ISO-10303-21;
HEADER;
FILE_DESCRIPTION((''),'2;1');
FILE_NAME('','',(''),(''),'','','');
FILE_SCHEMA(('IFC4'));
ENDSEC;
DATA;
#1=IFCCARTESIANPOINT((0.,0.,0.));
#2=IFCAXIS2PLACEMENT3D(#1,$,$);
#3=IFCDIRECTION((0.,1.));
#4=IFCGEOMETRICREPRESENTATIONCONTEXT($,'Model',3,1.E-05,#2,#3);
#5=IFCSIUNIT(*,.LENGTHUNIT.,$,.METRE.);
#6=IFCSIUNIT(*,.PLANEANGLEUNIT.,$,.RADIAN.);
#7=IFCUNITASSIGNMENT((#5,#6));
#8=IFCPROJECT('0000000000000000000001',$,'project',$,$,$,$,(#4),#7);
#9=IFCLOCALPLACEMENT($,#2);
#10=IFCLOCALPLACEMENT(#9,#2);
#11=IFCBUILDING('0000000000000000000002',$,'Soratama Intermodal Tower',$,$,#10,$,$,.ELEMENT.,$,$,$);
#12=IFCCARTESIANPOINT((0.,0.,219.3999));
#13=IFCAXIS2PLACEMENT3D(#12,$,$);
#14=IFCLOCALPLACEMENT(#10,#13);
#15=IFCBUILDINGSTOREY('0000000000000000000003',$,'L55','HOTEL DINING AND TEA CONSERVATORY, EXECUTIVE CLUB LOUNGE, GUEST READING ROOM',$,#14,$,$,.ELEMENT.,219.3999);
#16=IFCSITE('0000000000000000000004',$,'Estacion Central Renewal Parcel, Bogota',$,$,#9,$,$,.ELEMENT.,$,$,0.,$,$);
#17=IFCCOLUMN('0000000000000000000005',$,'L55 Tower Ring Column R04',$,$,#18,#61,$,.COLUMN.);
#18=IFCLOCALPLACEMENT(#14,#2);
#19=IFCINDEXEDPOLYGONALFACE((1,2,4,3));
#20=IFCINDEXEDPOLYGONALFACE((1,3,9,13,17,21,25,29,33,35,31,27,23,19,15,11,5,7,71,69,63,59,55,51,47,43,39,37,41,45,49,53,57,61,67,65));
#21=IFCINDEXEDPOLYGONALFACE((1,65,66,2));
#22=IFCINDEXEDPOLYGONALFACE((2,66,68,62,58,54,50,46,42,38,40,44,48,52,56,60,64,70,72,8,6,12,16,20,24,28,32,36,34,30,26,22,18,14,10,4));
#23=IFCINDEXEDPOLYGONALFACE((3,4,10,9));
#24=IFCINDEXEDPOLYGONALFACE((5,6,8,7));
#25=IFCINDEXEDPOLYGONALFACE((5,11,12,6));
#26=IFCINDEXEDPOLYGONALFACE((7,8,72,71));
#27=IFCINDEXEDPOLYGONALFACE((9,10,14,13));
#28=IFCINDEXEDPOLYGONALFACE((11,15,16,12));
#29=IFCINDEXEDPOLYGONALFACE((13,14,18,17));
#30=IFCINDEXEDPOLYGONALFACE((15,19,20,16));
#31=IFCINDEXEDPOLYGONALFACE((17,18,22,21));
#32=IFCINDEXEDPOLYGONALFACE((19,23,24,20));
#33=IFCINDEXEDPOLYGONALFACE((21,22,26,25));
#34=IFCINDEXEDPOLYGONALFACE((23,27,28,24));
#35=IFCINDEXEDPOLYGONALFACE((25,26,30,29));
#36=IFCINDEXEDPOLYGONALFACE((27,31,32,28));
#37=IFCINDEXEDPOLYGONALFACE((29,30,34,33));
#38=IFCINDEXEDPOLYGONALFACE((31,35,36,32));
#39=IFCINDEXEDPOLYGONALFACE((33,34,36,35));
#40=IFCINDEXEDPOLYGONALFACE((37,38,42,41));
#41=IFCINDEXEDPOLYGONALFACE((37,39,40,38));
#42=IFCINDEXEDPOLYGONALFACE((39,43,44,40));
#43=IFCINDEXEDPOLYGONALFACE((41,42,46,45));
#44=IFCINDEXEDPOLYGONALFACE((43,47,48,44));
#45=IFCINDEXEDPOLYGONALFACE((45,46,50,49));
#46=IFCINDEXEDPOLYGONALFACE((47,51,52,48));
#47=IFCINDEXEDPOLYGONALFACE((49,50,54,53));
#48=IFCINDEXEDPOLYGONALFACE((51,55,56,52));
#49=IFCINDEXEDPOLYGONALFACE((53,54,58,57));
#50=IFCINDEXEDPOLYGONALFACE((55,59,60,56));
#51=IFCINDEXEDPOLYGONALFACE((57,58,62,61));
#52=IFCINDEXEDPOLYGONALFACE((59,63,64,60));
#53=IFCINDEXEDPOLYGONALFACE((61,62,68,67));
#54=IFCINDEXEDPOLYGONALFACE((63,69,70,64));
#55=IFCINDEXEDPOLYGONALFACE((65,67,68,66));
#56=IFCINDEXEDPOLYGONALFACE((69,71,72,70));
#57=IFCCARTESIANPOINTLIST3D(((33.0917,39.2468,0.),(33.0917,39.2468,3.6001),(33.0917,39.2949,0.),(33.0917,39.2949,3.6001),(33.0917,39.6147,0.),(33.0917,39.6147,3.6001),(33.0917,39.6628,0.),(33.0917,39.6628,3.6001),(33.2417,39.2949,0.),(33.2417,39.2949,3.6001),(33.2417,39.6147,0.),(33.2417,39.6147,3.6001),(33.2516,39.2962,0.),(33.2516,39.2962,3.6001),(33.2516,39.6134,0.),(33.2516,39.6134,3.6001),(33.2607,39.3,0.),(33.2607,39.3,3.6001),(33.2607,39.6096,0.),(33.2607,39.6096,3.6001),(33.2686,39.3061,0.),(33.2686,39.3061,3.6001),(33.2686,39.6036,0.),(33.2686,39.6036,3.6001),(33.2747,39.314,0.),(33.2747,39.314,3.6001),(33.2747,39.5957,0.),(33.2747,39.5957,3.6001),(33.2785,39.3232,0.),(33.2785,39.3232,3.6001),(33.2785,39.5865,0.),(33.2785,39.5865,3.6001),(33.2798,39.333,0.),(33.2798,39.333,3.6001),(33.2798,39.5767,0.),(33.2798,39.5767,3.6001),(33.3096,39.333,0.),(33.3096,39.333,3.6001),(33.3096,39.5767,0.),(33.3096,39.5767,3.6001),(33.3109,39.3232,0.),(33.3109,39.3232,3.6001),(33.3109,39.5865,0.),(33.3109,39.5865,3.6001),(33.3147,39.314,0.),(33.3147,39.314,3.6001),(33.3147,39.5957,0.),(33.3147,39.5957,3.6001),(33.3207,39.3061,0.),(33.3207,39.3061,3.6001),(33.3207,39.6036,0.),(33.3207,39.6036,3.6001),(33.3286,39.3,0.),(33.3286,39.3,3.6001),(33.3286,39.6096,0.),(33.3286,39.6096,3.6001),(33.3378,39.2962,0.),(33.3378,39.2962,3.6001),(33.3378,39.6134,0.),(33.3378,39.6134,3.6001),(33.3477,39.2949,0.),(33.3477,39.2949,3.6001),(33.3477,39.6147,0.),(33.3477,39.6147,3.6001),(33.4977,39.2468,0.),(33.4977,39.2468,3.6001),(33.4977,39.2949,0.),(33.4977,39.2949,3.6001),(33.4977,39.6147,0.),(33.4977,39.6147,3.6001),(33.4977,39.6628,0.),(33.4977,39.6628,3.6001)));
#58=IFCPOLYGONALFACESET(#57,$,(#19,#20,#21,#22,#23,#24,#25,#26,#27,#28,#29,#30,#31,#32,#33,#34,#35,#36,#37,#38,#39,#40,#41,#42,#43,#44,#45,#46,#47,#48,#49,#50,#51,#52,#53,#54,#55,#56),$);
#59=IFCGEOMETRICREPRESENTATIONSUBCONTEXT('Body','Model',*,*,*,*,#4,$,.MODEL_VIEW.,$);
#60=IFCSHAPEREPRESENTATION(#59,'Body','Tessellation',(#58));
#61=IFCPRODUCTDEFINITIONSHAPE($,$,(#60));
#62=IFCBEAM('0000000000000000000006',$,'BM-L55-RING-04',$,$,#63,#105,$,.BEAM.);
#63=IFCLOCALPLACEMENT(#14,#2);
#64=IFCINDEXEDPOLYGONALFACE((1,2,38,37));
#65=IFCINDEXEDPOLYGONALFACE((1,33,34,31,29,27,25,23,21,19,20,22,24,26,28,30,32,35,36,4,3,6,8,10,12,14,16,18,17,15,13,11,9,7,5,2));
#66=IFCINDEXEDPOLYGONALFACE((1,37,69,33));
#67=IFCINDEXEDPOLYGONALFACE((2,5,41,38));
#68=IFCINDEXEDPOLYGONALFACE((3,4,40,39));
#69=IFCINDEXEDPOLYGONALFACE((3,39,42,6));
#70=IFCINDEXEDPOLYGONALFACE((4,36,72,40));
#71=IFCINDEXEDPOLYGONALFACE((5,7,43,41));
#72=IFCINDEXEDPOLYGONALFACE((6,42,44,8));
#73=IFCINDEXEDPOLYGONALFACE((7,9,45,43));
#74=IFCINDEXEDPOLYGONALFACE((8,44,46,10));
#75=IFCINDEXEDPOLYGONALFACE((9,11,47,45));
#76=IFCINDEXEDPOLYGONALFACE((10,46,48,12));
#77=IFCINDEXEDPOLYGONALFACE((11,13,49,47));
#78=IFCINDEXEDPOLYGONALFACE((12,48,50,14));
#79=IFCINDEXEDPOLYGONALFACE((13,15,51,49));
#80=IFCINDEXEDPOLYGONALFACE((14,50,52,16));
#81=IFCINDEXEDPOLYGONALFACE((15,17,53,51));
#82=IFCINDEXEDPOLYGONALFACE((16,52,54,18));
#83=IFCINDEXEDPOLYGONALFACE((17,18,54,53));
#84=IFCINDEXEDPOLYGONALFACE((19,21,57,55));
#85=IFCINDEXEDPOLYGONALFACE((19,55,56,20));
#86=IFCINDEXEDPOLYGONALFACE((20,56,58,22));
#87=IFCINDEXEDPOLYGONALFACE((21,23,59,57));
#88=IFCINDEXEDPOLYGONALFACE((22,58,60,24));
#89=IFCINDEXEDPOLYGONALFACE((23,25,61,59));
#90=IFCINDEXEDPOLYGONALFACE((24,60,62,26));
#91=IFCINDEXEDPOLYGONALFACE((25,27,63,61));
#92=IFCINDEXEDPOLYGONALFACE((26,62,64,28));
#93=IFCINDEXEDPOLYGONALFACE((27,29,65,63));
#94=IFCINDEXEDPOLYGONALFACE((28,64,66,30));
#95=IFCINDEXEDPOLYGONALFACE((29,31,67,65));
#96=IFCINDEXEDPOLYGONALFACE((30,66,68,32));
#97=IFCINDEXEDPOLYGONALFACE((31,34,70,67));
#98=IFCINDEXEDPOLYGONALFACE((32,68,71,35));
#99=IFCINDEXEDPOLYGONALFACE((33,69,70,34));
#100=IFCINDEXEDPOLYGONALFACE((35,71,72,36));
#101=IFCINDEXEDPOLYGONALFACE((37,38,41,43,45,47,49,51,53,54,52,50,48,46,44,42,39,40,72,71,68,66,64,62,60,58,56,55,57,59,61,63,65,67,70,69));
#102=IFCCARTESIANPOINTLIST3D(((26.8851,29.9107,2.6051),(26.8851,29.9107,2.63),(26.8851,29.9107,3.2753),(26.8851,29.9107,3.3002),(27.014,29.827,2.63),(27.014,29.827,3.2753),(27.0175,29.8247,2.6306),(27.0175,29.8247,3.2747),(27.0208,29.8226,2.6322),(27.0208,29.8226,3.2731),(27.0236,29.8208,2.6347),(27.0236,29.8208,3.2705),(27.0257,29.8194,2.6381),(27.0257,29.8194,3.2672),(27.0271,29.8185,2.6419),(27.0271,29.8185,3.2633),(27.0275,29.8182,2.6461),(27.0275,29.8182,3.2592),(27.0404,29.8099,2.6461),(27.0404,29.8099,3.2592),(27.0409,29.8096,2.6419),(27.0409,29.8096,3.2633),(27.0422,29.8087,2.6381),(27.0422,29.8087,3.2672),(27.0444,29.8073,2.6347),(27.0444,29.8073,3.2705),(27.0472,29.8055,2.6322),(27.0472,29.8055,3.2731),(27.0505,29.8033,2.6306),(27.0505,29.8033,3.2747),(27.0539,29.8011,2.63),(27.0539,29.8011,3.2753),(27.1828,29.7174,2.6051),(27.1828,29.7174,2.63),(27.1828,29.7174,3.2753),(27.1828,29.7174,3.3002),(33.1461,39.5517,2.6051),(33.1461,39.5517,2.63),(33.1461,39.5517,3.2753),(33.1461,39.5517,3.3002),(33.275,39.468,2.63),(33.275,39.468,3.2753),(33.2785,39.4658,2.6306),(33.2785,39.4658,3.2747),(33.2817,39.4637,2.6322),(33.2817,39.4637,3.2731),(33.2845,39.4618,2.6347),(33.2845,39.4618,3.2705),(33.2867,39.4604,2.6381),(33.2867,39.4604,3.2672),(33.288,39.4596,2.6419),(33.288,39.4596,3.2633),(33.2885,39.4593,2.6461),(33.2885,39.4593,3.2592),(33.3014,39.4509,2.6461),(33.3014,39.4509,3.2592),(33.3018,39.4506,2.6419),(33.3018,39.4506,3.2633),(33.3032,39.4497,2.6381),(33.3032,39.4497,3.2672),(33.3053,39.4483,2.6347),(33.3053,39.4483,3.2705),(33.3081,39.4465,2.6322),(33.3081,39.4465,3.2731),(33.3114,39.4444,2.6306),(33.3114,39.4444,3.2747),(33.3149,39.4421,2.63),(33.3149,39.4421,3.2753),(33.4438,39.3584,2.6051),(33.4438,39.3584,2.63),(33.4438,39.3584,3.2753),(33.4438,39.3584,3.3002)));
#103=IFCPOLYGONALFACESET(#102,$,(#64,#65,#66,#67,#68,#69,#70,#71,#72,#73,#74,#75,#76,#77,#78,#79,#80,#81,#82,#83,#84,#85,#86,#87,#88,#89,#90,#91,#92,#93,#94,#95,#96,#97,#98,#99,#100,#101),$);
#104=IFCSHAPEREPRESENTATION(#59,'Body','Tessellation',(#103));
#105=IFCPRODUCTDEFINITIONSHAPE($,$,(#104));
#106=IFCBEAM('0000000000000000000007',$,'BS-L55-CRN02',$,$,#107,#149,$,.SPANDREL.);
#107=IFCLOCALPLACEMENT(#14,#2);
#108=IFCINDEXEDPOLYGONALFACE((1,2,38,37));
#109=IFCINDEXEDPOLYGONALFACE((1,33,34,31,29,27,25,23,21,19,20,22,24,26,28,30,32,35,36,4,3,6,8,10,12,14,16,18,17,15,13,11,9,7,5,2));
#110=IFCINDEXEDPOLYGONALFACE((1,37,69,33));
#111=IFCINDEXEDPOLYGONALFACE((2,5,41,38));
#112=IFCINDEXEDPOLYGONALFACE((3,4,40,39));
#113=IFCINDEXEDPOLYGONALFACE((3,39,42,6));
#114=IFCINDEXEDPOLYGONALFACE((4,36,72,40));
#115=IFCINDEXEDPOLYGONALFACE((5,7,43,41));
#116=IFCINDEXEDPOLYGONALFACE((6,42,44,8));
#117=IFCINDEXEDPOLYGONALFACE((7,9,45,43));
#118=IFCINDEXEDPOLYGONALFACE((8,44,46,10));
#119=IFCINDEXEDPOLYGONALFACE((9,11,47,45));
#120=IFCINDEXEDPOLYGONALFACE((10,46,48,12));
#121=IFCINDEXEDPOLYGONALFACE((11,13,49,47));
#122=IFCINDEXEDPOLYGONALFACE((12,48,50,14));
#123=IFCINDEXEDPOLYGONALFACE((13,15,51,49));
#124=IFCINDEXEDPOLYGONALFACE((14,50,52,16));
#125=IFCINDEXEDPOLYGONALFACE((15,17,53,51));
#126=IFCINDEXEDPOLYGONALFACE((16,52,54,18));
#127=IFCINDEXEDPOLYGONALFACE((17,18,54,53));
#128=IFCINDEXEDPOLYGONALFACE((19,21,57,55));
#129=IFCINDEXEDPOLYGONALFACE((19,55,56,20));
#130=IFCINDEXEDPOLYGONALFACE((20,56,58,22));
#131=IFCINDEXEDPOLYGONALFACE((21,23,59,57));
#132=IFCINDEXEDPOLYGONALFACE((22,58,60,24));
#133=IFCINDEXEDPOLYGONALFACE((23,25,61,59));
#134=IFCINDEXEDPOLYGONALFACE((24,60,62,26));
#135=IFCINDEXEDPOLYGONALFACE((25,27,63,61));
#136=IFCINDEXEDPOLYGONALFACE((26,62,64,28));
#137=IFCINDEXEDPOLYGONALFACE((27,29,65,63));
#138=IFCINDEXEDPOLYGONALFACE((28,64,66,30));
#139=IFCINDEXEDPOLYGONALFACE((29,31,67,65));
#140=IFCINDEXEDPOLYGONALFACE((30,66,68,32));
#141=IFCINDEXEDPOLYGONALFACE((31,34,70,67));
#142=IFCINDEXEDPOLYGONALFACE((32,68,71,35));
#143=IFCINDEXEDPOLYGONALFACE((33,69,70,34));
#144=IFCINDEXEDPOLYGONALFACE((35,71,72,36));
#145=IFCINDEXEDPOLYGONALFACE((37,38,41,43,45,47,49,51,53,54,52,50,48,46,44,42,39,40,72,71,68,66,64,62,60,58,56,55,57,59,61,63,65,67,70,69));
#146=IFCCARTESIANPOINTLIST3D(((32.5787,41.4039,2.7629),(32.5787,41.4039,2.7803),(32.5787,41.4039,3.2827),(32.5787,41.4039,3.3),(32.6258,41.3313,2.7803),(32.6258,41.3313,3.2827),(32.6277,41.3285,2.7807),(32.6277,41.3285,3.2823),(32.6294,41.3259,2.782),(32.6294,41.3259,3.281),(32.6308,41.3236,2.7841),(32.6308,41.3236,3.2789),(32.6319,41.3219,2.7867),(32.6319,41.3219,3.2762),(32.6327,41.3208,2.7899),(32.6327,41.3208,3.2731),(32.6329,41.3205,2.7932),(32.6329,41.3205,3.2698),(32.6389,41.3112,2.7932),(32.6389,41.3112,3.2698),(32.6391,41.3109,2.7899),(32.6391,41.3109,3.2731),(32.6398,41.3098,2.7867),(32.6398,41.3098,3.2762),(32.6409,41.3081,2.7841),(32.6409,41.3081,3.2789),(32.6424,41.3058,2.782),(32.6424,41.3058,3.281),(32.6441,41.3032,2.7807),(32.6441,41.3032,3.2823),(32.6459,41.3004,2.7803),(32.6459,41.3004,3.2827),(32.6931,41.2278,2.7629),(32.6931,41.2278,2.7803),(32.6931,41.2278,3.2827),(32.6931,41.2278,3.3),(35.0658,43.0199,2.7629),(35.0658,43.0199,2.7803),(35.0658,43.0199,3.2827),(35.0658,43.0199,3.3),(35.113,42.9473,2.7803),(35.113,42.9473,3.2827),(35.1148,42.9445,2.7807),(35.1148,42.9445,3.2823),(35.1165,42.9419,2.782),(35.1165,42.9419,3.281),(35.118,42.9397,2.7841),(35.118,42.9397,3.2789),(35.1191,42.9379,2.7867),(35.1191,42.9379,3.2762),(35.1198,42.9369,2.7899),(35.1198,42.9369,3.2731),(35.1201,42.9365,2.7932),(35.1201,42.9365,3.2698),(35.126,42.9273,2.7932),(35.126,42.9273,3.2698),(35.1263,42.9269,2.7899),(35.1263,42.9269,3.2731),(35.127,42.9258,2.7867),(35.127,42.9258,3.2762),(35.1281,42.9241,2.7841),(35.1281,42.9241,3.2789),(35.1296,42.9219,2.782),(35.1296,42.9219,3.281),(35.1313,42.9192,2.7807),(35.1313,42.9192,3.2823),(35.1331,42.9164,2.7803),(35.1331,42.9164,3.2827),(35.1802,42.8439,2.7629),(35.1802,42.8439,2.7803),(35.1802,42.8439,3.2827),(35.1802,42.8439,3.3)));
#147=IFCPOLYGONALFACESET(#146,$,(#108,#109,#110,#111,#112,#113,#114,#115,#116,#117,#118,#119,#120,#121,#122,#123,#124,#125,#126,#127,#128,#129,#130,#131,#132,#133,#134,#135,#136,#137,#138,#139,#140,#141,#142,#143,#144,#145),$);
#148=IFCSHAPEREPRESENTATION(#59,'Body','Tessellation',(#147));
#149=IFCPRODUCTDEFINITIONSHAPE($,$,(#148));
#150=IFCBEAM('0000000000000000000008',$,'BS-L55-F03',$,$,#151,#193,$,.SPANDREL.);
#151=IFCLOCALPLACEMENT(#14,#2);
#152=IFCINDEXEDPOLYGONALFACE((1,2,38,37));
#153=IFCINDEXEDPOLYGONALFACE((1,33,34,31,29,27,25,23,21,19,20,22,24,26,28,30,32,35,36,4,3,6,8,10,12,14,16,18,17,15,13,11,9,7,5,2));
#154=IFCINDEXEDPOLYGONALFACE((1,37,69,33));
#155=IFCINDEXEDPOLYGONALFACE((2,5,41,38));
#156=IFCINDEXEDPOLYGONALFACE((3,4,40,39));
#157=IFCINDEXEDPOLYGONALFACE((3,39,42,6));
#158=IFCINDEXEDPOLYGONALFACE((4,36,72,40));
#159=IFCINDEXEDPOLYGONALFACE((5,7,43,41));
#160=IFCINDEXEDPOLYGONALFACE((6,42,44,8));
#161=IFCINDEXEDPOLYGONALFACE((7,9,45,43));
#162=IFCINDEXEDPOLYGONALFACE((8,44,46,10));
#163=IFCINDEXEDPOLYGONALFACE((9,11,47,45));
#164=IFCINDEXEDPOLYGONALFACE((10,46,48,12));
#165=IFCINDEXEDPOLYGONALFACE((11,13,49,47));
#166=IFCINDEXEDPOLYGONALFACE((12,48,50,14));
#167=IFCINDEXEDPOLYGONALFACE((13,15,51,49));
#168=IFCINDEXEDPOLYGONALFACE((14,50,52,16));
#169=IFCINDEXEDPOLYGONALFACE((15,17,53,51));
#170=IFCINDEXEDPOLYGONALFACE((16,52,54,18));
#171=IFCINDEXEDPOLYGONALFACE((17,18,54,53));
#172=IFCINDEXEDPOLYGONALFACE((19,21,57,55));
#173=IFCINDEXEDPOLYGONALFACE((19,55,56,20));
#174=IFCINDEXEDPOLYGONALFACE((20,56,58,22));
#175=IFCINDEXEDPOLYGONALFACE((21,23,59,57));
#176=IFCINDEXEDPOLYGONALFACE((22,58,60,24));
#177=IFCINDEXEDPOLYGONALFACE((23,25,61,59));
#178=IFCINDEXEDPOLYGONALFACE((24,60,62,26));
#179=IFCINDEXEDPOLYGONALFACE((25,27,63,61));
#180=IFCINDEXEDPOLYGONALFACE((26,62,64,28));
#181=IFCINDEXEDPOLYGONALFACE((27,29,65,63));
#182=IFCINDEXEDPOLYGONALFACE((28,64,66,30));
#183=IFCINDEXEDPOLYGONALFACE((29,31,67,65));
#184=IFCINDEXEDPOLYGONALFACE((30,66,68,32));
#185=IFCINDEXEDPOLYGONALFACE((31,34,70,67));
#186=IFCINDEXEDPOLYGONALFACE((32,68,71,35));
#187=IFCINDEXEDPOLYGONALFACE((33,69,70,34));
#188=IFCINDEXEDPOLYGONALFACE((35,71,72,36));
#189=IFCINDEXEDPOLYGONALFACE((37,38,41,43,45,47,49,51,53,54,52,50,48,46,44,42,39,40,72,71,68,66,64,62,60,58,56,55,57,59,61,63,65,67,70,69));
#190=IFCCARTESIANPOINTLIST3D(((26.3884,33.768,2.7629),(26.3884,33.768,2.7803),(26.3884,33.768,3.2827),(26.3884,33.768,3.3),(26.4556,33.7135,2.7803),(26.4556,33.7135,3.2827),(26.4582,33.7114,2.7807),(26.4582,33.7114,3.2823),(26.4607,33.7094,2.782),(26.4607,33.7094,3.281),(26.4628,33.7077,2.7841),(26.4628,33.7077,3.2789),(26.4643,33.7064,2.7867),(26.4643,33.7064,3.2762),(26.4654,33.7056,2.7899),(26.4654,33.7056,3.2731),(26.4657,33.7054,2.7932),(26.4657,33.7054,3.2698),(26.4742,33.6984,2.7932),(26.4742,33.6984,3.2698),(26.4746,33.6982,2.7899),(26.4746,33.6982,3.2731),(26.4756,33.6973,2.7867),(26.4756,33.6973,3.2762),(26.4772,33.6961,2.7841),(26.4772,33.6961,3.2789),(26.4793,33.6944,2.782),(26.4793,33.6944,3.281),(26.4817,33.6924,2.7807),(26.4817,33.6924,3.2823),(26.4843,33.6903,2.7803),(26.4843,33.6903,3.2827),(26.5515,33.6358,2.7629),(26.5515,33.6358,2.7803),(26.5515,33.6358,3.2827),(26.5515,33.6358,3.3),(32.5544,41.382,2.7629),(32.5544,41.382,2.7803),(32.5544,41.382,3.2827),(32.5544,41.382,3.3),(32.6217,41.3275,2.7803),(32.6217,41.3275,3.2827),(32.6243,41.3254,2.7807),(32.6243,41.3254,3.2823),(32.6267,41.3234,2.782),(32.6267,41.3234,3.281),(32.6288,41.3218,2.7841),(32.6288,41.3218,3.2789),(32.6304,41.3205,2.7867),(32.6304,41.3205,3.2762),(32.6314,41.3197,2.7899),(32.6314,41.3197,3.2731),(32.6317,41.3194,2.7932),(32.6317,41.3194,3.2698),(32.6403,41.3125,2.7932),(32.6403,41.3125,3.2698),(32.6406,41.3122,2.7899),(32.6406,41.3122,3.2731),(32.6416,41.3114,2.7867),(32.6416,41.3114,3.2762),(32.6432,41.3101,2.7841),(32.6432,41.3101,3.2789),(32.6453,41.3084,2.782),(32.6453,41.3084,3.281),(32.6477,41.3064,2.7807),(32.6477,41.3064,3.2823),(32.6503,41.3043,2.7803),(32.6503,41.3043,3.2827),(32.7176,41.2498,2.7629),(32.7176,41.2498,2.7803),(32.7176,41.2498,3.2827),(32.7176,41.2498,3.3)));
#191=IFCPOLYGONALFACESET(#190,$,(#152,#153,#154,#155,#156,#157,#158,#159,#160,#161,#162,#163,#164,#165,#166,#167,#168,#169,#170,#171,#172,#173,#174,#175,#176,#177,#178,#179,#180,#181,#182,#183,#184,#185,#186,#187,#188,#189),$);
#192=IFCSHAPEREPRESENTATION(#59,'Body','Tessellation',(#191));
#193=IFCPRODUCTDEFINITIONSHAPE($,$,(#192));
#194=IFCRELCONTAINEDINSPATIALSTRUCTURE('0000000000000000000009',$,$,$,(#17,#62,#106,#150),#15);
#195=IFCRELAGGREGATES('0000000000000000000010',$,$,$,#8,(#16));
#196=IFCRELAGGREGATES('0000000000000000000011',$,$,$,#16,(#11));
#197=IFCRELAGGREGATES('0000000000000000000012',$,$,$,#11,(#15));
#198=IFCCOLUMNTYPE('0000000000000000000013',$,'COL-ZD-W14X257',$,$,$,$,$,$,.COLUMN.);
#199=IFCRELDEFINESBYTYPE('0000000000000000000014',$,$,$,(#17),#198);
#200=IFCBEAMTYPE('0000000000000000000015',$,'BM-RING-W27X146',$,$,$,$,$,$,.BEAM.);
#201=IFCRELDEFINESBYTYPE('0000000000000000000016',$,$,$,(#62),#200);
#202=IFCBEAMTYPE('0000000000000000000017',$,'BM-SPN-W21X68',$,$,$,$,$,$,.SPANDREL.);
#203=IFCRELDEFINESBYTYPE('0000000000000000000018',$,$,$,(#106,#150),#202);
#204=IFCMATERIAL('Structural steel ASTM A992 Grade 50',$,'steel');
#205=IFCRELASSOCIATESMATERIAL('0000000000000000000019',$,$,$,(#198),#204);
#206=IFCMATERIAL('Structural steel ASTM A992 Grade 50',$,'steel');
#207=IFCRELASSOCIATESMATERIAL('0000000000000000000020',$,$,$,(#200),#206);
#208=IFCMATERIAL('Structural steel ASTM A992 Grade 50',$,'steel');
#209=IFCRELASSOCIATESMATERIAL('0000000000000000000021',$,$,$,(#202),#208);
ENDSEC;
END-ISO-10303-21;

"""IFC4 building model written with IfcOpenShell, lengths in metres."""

from ifc_helpers import new_model, si_unit, direction, frame, origin, origin_2d, place, context, subcontext, project, spatial, i_section, extrude, material, material_profile, profile_set, type_object, element, save


model = new_model("IFC4")

# Units and contexts
model_context = context("Model", 3, precision=1e-05, world=origin(), true_north=direction((0.0, 1.0)))
body_context = subcontext(model_context, "Body", "Model", "MODEL_VIEW")
ifc_project = project(units=[si_unit("LENGTHUNIT", "METRE"), si_unit("PLANEANGLEUNIT", "RADIAN")], contexts=[model_context])

# Site, building, storey
site_placement = place(None, origin())
site = spatial("IfcSite", under=ifc_project, at=site_placement, Name="Estacion Central Renewal Parcel, Bogota", CompositionType="ELEMENT", RefElevation=0.0)
building_placement = place(site_placement, origin())
building = spatial("IfcBuilding", under=site, at=building_placement, Name="Soratama Intermodal Tower", CompositionType="ELEMENT")
storey_placement = place(building_placement, frame((0.0, 0.0, 219.3999)))
storey = spatial("IfcBuildingStorey", under=building, at=storey_placement, Name="L55", Description="HOTEL DINING AND TEA CONSERVATORY, EXECUTIVE CLUB LOUNGE, GUEST READING ROOM", CompositionType="ELEMENT", Elevation=219.3999)

# Column
ifc_material_1 = material(Name="Structural steel ASTM A992 Grade 50", Category="steel")
ifc_material_profile_1 = material_profile(ifc_material_1, i_section(OverallWidth=0.406, OverallDepth=0.416, WebThickness=0.0298, FlangeThickness=0.0481, FilletRadius=0.0381, at=origin_2d()), Name="W14X257")
ifc_profile_set_1 = profile_set([ifc_material_profile_1], Name="Structural steel ASTM A992 Grade 50")
column_type = type_object("IfcColumnType", Name="COL-ZD-W14X257", PredefinedType="COLUMN", material=ifc_profile_set_1)
column_placement = place(storey_placement, frame((33.2947, 39.4548, 0.0), z_axis=(0.0, 0.0, 1.0), x_axis=(1.0, 0.0, 0.0)))
element("IfcColumn", 1, at=column_placement, inside=storey, type_object=column_type, Name="L55 Tower Ring Column R04", PredefinedType="COLUMN", context=body_context, shape_type="SweptSolid", body=[
    extrude(i_section(OverallWidth=0.406, OverallDepth=0.416, WebThickness=0.0298, FlangeThickness=0.0481, FilletRadius=0.0381, at=origin_2d()), origin(), (0.0, 0.0, 1.0), 3.6001),
])

# Beams
ifc_material_2 = material(Name="Structural steel ASTM A992 Grade 50", Category="steel")
ifc_material_profile_2 = material_profile(ifc_material_2, i_section(OverallWidth=0.355, OverallDepth=0.6951, WebThickness=0.0154, FlangeThickness=0.0249, FilletRadius=0.0161, at=origin_2d()), Name="W27X146")
ifc_profile_set_2 = profile_set([ifc_material_profile_2], Name="Structural steel ASTM A992 Grade 50")
beam_type_1 = type_object("IfcBeamType", Name="BM-RING-W27X146", PredefinedType="BEAM", material=ifc_profile_set_2)
beam_1_placement = place(storey_placement, frame((33.2949, 39.4551, 2.9526), z_axis=(-0.544637, -0.838672, 0.0), x_axis=(0.838672, -0.544637, 0.0)))
element("IfcBeam", 2, at=beam_1_placement, inside=storey, type_object=beam_type_1, Name="BM-L55-RING-04", PredefinedType="BEAM", context=body_context, shape_type="SweptSolid", body=[
    extrude(i_section(OverallWidth=0.355, OverallDepth=0.6951, WebThickness=0.0154, FlangeThickness=0.0249, FilletRadius=0.0161, at=origin_2d()), origin(), (0.0, 0.0, 1.0), 11.4956),
])
ifc_material_3 = material(Name="Structural steel ASTM A992 Grade 50", Category="steel")
ifc_material_profile_3 = material_profile(ifc_material_3, i_section(OverallWidth=0.21, OverallDepth=0.5371, WebThickness=0.011, FlangeThickness=0.0173, FilletRadius=0.0129, at=origin_2d()), Name="W21X68")
ifc_profile_set_3 = profile_set([ifc_material_profile_3], Name="Structural steel ASTM A992 Grade 50")
beam_type_2 = type_object("IfcBeamType", Name="BM-SPN-W21X68", PredefinedType="SPANDREL", material=ifc_profile_set_3)
beam_2_placement = place(storey_placement, frame((35.123, 42.9319, 3.0315), z_axis=(-0.83854, -0.544841, 0.0), x_axis=(0.544841, -0.83854, 0.0)))
element("IfcBeam", 3, at=beam_2_placement, inside=storey, type_object=beam_type_2, Name="BS-L55-CRN02", PredefinedType="SPANDREL", context=body_context, shape_type="SweptSolid", body=[
    extrude(i_section(OverallWidth=0.21, OverallDepth=0.5371, WebThickness=0.011, FlangeThickness=0.0173, FilletRadius=0.0129, at=origin_2d()), origin(), (0.0, 0.0, 1.0), 2.9661),
])
beam_3_placement = place(storey_placement, frame((32.636, 41.3159, 3.0315), z_axis=(-0.629339, -0.777131, 0.0), x_axis=(0.777131, -0.629339, 0.0)))
element("IfcBeam", 4, at=beam_3_placement, inside=storey, type_object=beam_type_2, Name="BS-L55-F03", PredefinedType="SPANDREL", context=body_context, shape_type="SweptSolid", body=[
    extrude(i_section(OverallWidth=0.21, OverallDepth=0.5371, WebThickness=0.011, FlangeThickness=0.0173, FilletRadius=0.0129, at=origin_2d()), origin(), (0.0, 0.0, 1.0), 9.7976),
])

save(model, "model.ifc")
